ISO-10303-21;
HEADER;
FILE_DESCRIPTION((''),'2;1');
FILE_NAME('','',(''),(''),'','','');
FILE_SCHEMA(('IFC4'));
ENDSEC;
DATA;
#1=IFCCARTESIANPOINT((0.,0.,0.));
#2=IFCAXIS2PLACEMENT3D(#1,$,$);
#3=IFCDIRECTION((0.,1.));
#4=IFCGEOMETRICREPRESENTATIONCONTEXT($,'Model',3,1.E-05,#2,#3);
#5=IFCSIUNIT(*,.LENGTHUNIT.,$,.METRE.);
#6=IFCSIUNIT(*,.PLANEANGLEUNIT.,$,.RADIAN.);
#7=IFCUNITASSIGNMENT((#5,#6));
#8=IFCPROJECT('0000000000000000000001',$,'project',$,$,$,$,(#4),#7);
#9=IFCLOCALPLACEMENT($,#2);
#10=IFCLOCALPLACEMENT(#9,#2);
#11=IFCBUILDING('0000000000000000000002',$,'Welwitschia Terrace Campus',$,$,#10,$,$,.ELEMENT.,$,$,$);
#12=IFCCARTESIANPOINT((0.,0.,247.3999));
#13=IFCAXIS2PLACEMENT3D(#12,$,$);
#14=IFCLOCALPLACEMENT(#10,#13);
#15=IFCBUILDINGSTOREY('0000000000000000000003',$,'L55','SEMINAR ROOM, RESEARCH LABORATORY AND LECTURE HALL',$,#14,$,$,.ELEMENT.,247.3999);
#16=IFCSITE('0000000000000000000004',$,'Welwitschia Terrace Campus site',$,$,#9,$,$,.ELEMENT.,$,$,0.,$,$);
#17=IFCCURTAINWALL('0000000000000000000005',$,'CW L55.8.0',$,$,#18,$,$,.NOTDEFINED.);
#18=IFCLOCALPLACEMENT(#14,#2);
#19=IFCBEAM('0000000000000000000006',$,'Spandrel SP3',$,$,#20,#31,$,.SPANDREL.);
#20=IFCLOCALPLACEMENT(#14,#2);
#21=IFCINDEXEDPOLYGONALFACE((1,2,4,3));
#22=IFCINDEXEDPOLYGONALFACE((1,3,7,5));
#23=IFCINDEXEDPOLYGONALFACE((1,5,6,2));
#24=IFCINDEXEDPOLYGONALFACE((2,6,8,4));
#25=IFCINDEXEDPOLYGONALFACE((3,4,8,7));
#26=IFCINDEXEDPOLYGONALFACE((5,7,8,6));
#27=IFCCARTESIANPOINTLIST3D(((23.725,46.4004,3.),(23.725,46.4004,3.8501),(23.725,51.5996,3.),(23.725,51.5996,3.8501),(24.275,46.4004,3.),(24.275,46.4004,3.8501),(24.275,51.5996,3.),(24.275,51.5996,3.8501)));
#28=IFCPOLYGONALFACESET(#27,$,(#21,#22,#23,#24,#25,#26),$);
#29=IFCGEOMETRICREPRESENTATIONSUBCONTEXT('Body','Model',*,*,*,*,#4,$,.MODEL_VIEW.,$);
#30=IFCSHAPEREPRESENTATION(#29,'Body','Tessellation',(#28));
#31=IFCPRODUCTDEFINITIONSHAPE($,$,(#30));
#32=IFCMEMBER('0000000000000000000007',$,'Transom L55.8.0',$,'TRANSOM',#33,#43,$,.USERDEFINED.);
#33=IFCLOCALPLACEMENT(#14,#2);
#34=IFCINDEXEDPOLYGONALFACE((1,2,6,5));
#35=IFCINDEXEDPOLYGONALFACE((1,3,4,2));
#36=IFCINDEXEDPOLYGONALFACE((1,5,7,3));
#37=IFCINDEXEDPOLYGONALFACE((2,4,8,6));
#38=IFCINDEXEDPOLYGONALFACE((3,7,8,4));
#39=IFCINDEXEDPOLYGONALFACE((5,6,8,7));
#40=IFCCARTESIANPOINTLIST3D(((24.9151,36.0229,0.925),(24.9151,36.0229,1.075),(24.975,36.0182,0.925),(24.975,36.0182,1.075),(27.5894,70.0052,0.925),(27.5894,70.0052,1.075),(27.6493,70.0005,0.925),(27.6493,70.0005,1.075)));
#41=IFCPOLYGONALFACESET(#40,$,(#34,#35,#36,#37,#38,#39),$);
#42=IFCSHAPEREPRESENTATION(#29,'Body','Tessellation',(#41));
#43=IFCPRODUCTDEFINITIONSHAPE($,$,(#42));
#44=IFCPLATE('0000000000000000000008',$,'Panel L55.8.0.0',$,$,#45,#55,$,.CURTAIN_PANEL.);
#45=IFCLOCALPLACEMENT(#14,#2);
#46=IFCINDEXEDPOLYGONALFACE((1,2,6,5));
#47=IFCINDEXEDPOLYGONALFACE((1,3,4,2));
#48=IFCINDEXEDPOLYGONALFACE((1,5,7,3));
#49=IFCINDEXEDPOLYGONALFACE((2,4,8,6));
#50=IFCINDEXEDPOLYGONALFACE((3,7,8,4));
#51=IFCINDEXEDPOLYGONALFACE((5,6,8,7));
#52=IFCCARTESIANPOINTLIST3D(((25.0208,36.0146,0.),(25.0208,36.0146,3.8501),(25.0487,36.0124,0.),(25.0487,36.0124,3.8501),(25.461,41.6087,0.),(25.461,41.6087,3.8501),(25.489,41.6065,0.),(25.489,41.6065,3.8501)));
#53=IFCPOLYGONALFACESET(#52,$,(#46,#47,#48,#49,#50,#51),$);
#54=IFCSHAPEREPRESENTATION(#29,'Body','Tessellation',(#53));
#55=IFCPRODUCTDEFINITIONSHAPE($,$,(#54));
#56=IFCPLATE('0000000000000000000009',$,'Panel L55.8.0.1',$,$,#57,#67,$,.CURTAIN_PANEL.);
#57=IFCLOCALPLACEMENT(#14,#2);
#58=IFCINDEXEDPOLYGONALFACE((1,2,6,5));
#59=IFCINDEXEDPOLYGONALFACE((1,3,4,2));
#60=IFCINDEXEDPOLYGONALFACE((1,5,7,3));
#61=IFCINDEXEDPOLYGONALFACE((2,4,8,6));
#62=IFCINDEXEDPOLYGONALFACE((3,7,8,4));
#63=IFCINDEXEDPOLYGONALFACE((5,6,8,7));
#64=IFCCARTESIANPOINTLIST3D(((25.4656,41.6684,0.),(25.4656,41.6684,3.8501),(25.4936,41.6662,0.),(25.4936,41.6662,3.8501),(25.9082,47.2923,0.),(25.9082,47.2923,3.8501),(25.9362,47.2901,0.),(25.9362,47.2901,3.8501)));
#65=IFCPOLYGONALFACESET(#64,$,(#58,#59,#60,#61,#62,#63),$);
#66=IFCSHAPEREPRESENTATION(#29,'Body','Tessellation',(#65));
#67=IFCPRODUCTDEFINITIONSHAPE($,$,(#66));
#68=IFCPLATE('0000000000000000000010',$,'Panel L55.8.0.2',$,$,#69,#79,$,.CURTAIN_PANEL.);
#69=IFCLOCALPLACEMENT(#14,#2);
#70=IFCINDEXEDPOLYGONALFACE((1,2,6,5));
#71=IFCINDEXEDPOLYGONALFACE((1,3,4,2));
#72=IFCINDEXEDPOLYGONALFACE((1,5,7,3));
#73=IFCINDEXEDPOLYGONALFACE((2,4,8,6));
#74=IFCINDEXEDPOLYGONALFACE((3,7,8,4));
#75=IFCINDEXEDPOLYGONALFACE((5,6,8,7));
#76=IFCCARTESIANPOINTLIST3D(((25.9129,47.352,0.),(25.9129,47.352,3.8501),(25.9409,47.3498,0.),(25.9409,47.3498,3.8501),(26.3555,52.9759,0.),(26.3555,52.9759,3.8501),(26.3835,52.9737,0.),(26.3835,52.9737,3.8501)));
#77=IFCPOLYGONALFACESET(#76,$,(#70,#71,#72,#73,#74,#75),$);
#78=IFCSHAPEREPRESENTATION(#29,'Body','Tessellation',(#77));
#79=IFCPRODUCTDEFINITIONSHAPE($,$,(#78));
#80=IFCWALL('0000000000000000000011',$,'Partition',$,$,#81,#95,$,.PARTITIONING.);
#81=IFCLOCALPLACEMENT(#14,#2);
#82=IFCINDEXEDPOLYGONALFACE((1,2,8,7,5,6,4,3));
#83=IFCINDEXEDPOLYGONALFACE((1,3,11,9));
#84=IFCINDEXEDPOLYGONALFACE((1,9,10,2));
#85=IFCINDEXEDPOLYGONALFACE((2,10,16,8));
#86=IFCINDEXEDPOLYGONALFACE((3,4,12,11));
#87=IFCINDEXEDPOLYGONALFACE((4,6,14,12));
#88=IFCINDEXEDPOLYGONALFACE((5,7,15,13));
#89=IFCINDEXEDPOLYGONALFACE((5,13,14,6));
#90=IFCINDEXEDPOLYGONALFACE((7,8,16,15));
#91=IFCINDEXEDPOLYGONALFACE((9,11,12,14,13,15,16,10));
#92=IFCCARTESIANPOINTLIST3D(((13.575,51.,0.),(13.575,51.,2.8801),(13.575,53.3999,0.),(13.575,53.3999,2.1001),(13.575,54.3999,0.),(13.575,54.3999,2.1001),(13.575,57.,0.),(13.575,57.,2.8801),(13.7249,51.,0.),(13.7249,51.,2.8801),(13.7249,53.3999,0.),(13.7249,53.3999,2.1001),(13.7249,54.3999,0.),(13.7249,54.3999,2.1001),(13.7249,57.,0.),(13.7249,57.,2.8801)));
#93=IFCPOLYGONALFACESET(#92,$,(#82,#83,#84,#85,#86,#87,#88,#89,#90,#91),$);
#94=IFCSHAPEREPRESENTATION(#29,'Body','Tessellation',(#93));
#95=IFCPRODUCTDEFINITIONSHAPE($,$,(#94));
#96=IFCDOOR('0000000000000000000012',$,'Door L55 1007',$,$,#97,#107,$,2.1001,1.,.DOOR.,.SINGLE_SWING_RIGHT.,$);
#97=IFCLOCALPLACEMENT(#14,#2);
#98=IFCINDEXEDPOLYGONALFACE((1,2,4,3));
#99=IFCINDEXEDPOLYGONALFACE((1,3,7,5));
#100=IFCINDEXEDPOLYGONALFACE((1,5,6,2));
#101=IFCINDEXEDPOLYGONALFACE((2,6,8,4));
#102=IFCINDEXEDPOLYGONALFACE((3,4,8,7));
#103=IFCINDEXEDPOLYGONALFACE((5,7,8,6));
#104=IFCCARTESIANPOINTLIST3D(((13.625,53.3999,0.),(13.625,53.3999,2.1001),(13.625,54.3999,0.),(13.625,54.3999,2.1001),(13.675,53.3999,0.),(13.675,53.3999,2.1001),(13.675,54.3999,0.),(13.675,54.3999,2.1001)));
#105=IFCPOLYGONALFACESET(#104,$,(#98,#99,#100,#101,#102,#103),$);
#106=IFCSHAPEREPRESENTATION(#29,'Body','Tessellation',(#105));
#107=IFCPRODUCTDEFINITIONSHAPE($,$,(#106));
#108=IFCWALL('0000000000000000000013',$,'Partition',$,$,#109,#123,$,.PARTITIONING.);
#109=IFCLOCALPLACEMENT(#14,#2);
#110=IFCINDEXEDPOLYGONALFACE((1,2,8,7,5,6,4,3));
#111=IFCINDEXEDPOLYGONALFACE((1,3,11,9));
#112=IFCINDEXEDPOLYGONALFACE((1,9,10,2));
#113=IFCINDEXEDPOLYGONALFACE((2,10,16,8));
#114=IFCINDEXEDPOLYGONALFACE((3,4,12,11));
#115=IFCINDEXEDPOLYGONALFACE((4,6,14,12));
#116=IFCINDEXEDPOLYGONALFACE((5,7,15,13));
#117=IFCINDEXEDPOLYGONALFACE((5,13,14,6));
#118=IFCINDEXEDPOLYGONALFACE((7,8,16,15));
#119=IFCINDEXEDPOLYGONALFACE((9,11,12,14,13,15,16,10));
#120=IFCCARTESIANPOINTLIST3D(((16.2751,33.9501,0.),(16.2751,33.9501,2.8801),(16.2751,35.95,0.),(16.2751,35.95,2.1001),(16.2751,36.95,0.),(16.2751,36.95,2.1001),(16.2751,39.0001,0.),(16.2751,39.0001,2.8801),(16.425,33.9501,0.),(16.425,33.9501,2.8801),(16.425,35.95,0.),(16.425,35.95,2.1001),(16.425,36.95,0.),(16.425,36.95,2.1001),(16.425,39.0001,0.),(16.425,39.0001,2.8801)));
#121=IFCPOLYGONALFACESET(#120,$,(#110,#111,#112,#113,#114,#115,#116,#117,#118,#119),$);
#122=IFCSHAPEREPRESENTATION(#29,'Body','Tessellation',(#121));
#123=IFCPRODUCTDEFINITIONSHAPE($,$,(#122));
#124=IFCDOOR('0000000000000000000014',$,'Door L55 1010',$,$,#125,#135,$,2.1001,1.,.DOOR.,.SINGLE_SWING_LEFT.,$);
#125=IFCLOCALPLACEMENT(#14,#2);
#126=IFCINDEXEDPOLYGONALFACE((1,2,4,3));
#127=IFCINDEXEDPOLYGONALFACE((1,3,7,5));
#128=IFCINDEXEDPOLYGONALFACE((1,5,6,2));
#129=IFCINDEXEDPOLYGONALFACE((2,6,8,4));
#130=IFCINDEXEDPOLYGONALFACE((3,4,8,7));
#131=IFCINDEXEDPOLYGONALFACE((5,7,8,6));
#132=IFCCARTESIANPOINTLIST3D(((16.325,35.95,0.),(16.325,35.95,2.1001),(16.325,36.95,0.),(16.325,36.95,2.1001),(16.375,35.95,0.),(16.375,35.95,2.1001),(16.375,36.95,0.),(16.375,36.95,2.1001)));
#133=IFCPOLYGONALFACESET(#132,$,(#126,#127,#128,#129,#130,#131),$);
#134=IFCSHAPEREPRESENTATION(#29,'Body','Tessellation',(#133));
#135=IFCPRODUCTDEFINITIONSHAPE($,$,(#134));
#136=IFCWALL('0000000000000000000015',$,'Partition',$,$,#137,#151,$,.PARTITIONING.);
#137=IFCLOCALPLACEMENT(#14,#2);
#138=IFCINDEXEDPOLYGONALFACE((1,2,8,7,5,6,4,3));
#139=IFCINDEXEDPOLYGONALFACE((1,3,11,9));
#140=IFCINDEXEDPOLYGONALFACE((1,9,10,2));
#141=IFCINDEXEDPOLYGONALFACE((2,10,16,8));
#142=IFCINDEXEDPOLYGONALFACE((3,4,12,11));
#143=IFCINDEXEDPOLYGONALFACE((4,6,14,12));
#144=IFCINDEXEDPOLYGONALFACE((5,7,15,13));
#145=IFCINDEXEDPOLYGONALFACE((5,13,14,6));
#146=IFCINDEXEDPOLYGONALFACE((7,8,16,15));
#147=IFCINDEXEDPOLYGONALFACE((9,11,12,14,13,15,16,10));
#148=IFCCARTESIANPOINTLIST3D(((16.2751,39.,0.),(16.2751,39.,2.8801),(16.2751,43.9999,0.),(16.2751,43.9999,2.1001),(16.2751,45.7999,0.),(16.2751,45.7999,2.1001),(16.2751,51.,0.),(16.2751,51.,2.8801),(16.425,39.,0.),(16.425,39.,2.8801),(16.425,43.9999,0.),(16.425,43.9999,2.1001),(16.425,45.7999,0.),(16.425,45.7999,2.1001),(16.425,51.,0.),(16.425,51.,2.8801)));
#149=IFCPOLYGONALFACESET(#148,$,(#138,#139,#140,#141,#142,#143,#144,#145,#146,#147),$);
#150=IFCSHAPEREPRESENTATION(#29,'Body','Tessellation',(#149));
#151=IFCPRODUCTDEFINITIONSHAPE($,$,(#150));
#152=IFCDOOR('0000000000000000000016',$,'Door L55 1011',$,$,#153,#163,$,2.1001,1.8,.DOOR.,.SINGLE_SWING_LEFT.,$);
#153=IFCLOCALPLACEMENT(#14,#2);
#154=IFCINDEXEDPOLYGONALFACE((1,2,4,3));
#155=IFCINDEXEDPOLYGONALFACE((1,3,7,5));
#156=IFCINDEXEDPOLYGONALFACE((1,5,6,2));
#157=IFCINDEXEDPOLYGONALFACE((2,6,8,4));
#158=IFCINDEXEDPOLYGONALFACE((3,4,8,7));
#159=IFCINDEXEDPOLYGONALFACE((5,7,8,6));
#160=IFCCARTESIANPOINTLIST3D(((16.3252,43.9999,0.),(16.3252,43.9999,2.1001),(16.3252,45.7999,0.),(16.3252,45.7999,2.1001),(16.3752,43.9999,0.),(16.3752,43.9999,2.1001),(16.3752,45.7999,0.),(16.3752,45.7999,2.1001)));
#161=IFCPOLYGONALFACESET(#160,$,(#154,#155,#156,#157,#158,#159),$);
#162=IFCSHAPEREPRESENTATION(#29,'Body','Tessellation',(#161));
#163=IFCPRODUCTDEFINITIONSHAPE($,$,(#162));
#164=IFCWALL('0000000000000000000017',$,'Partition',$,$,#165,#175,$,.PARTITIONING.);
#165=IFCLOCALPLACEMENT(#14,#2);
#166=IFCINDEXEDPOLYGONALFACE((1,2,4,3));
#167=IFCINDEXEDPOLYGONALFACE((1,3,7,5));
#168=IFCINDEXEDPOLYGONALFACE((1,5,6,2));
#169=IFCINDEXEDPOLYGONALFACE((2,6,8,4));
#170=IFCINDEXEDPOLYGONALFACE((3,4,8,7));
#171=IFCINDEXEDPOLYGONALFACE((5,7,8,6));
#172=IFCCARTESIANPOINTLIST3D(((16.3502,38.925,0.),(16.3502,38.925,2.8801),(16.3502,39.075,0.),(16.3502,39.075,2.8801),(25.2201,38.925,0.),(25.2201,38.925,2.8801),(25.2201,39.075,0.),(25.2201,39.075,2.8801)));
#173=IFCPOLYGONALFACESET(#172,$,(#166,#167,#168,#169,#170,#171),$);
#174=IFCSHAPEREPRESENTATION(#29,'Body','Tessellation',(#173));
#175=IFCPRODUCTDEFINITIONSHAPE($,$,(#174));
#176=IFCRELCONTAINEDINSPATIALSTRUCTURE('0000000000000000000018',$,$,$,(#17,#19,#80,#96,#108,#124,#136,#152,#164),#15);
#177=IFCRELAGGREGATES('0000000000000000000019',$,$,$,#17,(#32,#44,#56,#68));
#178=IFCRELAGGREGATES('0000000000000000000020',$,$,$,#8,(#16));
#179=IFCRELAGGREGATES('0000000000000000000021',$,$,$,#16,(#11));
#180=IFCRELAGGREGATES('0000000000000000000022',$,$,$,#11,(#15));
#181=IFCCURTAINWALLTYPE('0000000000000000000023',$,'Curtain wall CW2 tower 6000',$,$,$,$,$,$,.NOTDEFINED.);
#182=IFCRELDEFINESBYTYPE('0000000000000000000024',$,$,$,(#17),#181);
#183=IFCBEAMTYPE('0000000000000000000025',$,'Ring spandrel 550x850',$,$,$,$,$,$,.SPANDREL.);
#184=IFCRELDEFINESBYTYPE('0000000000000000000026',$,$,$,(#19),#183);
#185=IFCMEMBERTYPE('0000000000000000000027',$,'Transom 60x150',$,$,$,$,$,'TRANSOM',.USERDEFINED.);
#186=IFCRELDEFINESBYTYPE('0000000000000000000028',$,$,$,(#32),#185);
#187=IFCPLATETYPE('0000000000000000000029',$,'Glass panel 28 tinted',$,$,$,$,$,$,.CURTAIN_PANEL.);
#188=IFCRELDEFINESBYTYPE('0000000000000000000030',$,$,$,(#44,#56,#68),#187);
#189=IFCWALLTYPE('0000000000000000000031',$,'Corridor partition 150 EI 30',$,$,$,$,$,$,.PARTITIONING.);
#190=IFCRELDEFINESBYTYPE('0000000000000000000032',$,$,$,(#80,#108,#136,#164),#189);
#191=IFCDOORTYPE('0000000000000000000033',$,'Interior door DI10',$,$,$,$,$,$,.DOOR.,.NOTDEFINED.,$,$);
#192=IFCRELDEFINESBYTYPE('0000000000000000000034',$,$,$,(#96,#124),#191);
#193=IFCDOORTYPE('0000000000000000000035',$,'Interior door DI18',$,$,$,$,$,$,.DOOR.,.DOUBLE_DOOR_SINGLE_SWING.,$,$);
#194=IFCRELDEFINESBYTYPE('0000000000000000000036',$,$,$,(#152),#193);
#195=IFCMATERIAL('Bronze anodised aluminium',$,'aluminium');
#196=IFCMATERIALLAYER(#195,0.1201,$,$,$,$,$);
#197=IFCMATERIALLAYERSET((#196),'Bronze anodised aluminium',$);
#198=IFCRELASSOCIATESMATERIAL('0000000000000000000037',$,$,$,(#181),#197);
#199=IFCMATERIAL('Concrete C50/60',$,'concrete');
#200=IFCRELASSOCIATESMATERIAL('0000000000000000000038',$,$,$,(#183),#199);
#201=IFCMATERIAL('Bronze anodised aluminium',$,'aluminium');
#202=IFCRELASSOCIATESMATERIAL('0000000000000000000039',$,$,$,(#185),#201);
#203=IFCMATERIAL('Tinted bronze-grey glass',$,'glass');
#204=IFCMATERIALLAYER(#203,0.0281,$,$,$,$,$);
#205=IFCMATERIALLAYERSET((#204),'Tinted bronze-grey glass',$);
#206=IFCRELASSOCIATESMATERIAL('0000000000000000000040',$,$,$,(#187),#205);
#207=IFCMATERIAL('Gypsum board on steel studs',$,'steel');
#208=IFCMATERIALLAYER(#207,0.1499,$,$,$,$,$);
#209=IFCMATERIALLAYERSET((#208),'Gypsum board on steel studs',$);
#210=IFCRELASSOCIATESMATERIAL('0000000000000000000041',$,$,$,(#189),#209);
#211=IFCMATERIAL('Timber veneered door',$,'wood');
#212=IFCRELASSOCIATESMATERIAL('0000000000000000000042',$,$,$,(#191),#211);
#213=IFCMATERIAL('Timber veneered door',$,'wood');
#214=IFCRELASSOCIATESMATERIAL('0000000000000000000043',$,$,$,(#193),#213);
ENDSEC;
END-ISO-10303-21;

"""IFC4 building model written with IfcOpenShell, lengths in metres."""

from ifc_helpers import new_model, si_unit, direction, frame, frame_2d, origin, origin_2d, place, context, subcontext, project, spatial, rectangle, extrude, material, layer, layer_set, material_profile, profile_set, type_object, element, fill, aggregate, save


model = new_model("IFC4")

# Units and contexts
model_context = context("Model", 3, precision=1e-05, world=origin(), true_north=direction((0.0, 1.0)))
body_context = subcontext(model_context, "Body", "Model", "MODEL_VIEW")
ifc_project = project(units=[si_unit("LENGTHUNIT", "METRE"), si_unit("PLANEANGLEUNIT", "RADIAN")], contexts=[model_context])

# Site, building, storey
site_placement = place(None, origin())
site = spatial("IfcSite", under=ifc_project, at=site_placement, Name="Welwitschia Terrace Campus site", CompositionType="ELEMENT", RefElevation=0.0)
building_placement = place(site_placement, origin())
building = spatial("IfcBuilding", under=site, at=building_placement, Name="Welwitschia Terrace Campus", CompositionType="ELEMENT")
storey_placement = place(building_placement, frame((0.0, 0.0, 247.3999)))
storey = spatial("IfcBuildingStorey", under=building, at=storey_placement, Name="L55", Description="SEMINAR ROOM, RESEARCH LABORATORY AND LECTURE HALL", CompositionType="ELEMENT", Elevation=247.3999)

# Curtain wall
ifc_material_1 = material(Name="Bronze anodised aluminium", Category="aluminium")
ifc_layer_1 = layer(ifc_material_1, 0.1201)
ifc_layer_set_1 = layer_set([ifc_layer_1], Name="Bronze anodised aluminium")
curtain_wall_type = type_object("IfcCurtainWallType", Name="Curtain wall CW2 tower 6000", PredefinedType="NOTDEFINED", material=ifc_layer_set_1)
curtain_wall_placement = place(storey_placement, origin())
curtain_wall = element("IfcCurtainWall", 1, at=curtain_wall_placement, inside=storey, type_object=curtain_wall_type, Name="CW L55.8.0", PredefinedType="NOTDEFINED")

# Beam
ifc_material_2 = material(Name="Concrete C50/60", Category="concrete")
ifc_material_profile_1 = material_profile(ifc_material_2, rectangle(XDim=0.55, YDim=0.8501, at=origin_2d()))
ifc_profile_set_1 = profile_set([ifc_material_profile_1], Name="Concrete C50/60")
beam_type_1 = type_object("IfcBeamType", Name="Ring spandrel 550x850", PredefinedType="SPANDREL", material=ifc_profile_set_1)
for number, where, z_axis, x_axis, name in (
    (2, (24.0, 46.4004, 3.425), (0.0, 1.0, 0.0), (-1.0, 0.0, 0.0), "Spandrel SP3"),
):
    element("IfcBeam", number, at=place(storey_placement, frame(where, z_axis=z_axis, x_axis=x_axis)), inside=storey, type_object=beam_type_1, Name=name, PredefinedType="SPANDREL", context=body_context, shape_type="SweptSolid", body=[
        extrude(rectangle(XDim=0.55, YDim=0.8501, at=origin_2d()), origin(), (0.0, 0.0, 1.0), 5.1992),
    ])

# Member
ifc_material_3 = material(Name="Bronze anodised aluminium", Category="aluminium")
ifc_material_profile_2 = material_profile(ifc_material_3, rectangle(XDim=0.0601, YDim=0.1499, at=origin_2d()))
ifc_profile_set_2 = profile_set([ifc_material_profile_2], Name="Bronze anodised aluminium")
member_type_1 = type_object("IfcMemberType", Name="Transom 60x150", ElementType="TRANSOM", PredefinedType="USERDEFINED", material=ifc_profile_set_2)
member_1_placement = place(storey_placement, frame((24.9451, 36.0205, 1.0), z_axis=(0.078454, 0.996918, 0.0), x_axis=(-0.996918, 0.078454, 0.0)))
member_1 = element("IfcMember", 3, at=member_1_placement, type_object=member_type_1, Name="Transom L55.8.0", ObjectType="TRANSOM", PredefinedType="USERDEFINED", context=body_context, shape_type="SweptSolid", body=[
    extrude(rectangle(XDim=0.0601, YDim=0.1499, at=origin_2d()), origin(), (0.0, 0.0, 1.0), 34.0874),
])

# Plates
ifc_material_4 = material(Name="Tinted bronze-grey glass", Category="glass")
ifc_layer_2 = layer(ifc_material_4, 0.0281)
ifc_layer_set_2 = layer_set([ifc_layer_2], Name="Tinted bronze-grey glass")
plate_type = type_object("IfcPlateType", Name="Glass panel 28 tinted", PredefinedType="CURTAIN_PANEL", material=ifc_layer_set_2)
plate_1_placement = place(storey_placement, frame((25.2549, 38.8105, 0.0), z_axis=(0.0, 0.0, 1.0), x_axis=(0.078459, 0.996917, 0.0)))
plate_1 = element("IfcPlate", 4, at=plate_1_placement, type_object=plate_type, Name="Panel L55.8.0.0", PredefinedType="CURTAIN_PANEL", context=body_context, shape_type="SweptSolid", body=[
    extrude(rectangle(XDim=5.6113, YDim=0.0281, at=origin_2d()), origin(), (0.0, 0.0, 1.0), 3.8501),
])
plate_2_placement = place(storey_placement, frame((25.7009, 44.4792, 0.0), z_axis=(0.0, 0.0, 1.0), x_axis=(0.078459, 0.996917, 0.0)))
plate_2 = element("IfcPlate", 5, at=plate_2_placement, type_object=plate_type, Name="Panel L55.8.0.1", PredefinedType="CURTAIN_PANEL", context=body_context, shape_type="SweptSolid", body=[
    extrude(rectangle(XDim=5.6414, YDim=0.0281, at=origin_2d()), origin(), (0.0, 0.0, 1.0), 3.8501),
])
plate_3_placement = place(storey_placement, frame((26.1482, 50.1628, 0.0), z_axis=(0.0, 0.0, 1.0), x_axis=(0.078459, 0.996917, 0.0)))
plate_3 = element("IfcPlate", 6, at=plate_3_placement, type_object=plate_type, Name="Panel L55.8.0.2", PredefinedType="CURTAIN_PANEL", context=body_context, shape_type="SweptSolid", body=[
    extrude(rectangle(XDim=5.6414, YDim=0.0281, at=origin_2d()), origin(), (0.0, 0.0, 1.0), 3.8501),
])
aggregate(curtain_wall, [member_1, plate_1, plate_2, plate_3])

# Walls, openings, doors
ifc_material_5 = material(Name="Gypsum board on steel studs", Category="steel")
ifc_layer_3 = layer(ifc_material_5, 0.1499)
ifc_layer_set_3 = layer_set([ifc_layer_3], Name="Gypsum board on steel studs")
wall_type = type_object("IfcWallType", Name="Corridor partition 150 EI 30", PredefinedType="PARTITIONING", material=ifc_layer_set_3)
wall_1_placement = place(storey_placement, frame((13.6499, 51.0, 0.0), z_axis=(0.0, 0.0, 1.0), x_axis=(0.0, 1.0, 0.0)))
wall_1 = element("IfcWall", 7, at=wall_1_placement, inside=storey, type_object=wall_type, Name="Partition", PredefinedType="PARTITIONING", context=body_context, shape_type="SweptSolid", body=[
    extrude(rectangle(XDim=6.0, YDim=0.1499, at=frame_2d((3.0, 0.0))), origin(), (0.0, 0.0, 1.0), 2.8801),
])
opening_1_placement = place(wall_1_placement, frame((2.3999, 0.0, 0.0)))
opening_1 = element("IfcOpeningElement", 8, at=opening_1_placement, cuts=wall_1, PredefinedType="OPENING", context=body_context, shape_type="SweptSolid", body=[
    extrude(rectangle(XDim=1.0, YDim=2.1001, at=frame_2d((0.5, 1.05))), frame((0.0, 0.085, 0.0), z_axis=(0.0, -1.0, 0.0), x_axis=(1.0, 0.0, 0.0)), (0.0, 0.0, 1.0), 0.1699),
])
ifc_material_6 = material(Name="Timber veneered door", Category="wood")
door_type_1 = type_object("IfcDoorType", Name="Interior door DI10", OperationType="NOTDEFINED", PredefinedType="DOOR", material=ifc_material_6)
door_1_placement = place(opening_1_placement, origin())
door_1 = element("IfcDoor", 9, at=door_1_placement, inside=storey, type_object=door_type_1, Name="Door L55 1007", OperationType="SINGLE_SWING_RIGHT", OverallHeight=2.1001, OverallWidth=1.0, PredefinedType="DOOR", context=body_context, shape_type="SweptSolid", body=[
    extrude(rectangle(XDim=1.0, YDim=2.1001, at=frame_2d((0.5, 1.05))), frame((0.0, 0.0249, 0.0), z_axis=(0.0, -1.0, 0.0), x_axis=(1.0, 0.0, 0.0)), (0.0, 0.0, 1.0), 0.05),
])
fill(opening_1, door_1)
wall_2_placement = place(storey_placement, frame((16.3501, 39.0, 0.0), z_axis=(0.0, 0.0, 1.0), x_axis=(0.0, -1.0, 0.0)))
wall_2 = element("IfcWall", 10, at=wall_2_placement, inside=storey, type_object=wall_type, Name="Partition", PredefinedType="PARTITIONING", context=body_context, shape_type="SweptSolid", body=[
    extrude(rectangle(XDim=5.05, YDim=0.1499, at=frame_2d((2.5249, 0.0))), origin(), (0.0, 0.0, 1.0), 2.8801),
])
opening_2_placement = place(wall_2_placement, frame((2.05, 0.0, 0.0)))
opening_2 = element("IfcOpeningElement", 11, at=opening_2_placement, cuts=wall_2, PredefinedType="OPENING", context=body_context, shape_type="SweptSolid", body=[
    extrude(rectangle(XDim=1.0, YDim=2.1001, at=frame_2d((0.5, 1.05))), frame((0.0, 0.085, 0.0), z_axis=(0.0, -1.0, 0.0), x_axis=(1.0, 0.0, 0.0)), (0.0, 0.0, 1.0), 0.1699),
])
door_2_placement = place(opening_2_placement, origin())
door_2 = element("IfcDoor", 12, at=door_2_placement, inside=storey, type_object=door_type_1, Name="Door L55 1010", OperationType="SINGLE_SWING_LEFT", OverallHeight=2.1001, OverallWidth=1.0, PredefinedType="DOOR", context=body_context, shape_type="SweptSolid", body=[
    extrude(rectangle(XDim=1.0, YDim=2.1001, at=frame_2d((0.5, 1.05))), frame((0.0, 0.0249, 0.0), z_axis=(0.0, -1.0, 0.0), x_axis=(1.0, 0.0, 0.0)), (0.0, 0.0, 1.0), 0.05),
])
fill(opening_2, door_2)
wall_3_placement = place(storey_placement, frame((16.3501, 39.0, 0.0), z_axis=(0.0, 0.0, 1.0), x_axis=(0.0, 1.0, 0.0)))
wall_3 = element("IfcWall", 13, at=wall_3_placement, inside=storey, type_object=wall_type, Name="Partition", PredefinedType="PARTITIONING", context=body_context, shape_type="SweptSolid", body=[
    extrude(rectangle(XDim=12.0, YDim=0.1499, at=frame_2d((6.0, 0.0))), origin(), (0.0, 0.0, 1.0), 2.8801),
])
opening_3_placement = place(wall_3_placement, frame((5.0, 0.0, 0.0)))
opening_3 = element("IfcOpeningElement", 14, at=opening_3_placement, cuts=wall_3, PredefinedType="OPENING", context=body_context, shape_type="SweptSolid", body=[
    extrude(rectangle(XDim=1.8, YDim=2.1001, at=frame_2d((0.8999, 1.05))), frame((0.0, 0.085, 0.0), z_axis=(0.0, -1.0, 0.0), x_axis=(1.0, 0.0, 0.0)), (0.0, 0.0, 1.0), 0.1699),
])
ifc_material_7 = material(Name="Timber veneered door", Category="wood")
door_type_2 = type_object("IfcDoorType", Name="Interior door DI18", OperationType="DOUBLE_DOOR_SINGLE_SWING", PredefinedType="DOOR", material=ifc_material_7)
door_3_placement = place(opening_3_placement, origin())
door_3 = element("IfcDoor", 15, at=door_3_placement, inside=storey, type_object=door_type_2, Name="Door L55 1011", OperationType="SINGLE_SWING_LEFT", OverallHeight=2.1001, OverallWidth=1.8, PredefinedType="DOOR", context=body_context, shape_type="SweptSolid", body=[
    extrude(rectangle(XDim=1.8, YDim=2.1001, at=frame_2d((0.8999, 1.05))), frame((0.0, 0.0249, 0.0), z_axis=(0.0, -1.0, 0.0), x_axis=(1.0, 0.0, 0.0)), (0.0, 0.0, 1.0), 0.05),
])
fill(opening_3, door_3)

# Wall
wall_4_placement = place(storey_placement, frame((16.3501, 39.0, 0.0), z_axis=(0.0, 0.0, 1.0), x_axis=(1.0, 0.0, 0.0)))
element("IfcWall", 16, at=wall_4_placement, inside=storey, type_object=wall_type, Name="Partition", PredefinedType="PARTITIONING", context=body_context, shape_type="SweptSolid", body=[
    extrude(rectangle(XDim=8.8699, YDim=0.1499, at=frame_2d((4.4351, 0.0))), origin(), (0.0, 0.0, 1.0), 2.8801),
])

save(model, "model.ifc")
